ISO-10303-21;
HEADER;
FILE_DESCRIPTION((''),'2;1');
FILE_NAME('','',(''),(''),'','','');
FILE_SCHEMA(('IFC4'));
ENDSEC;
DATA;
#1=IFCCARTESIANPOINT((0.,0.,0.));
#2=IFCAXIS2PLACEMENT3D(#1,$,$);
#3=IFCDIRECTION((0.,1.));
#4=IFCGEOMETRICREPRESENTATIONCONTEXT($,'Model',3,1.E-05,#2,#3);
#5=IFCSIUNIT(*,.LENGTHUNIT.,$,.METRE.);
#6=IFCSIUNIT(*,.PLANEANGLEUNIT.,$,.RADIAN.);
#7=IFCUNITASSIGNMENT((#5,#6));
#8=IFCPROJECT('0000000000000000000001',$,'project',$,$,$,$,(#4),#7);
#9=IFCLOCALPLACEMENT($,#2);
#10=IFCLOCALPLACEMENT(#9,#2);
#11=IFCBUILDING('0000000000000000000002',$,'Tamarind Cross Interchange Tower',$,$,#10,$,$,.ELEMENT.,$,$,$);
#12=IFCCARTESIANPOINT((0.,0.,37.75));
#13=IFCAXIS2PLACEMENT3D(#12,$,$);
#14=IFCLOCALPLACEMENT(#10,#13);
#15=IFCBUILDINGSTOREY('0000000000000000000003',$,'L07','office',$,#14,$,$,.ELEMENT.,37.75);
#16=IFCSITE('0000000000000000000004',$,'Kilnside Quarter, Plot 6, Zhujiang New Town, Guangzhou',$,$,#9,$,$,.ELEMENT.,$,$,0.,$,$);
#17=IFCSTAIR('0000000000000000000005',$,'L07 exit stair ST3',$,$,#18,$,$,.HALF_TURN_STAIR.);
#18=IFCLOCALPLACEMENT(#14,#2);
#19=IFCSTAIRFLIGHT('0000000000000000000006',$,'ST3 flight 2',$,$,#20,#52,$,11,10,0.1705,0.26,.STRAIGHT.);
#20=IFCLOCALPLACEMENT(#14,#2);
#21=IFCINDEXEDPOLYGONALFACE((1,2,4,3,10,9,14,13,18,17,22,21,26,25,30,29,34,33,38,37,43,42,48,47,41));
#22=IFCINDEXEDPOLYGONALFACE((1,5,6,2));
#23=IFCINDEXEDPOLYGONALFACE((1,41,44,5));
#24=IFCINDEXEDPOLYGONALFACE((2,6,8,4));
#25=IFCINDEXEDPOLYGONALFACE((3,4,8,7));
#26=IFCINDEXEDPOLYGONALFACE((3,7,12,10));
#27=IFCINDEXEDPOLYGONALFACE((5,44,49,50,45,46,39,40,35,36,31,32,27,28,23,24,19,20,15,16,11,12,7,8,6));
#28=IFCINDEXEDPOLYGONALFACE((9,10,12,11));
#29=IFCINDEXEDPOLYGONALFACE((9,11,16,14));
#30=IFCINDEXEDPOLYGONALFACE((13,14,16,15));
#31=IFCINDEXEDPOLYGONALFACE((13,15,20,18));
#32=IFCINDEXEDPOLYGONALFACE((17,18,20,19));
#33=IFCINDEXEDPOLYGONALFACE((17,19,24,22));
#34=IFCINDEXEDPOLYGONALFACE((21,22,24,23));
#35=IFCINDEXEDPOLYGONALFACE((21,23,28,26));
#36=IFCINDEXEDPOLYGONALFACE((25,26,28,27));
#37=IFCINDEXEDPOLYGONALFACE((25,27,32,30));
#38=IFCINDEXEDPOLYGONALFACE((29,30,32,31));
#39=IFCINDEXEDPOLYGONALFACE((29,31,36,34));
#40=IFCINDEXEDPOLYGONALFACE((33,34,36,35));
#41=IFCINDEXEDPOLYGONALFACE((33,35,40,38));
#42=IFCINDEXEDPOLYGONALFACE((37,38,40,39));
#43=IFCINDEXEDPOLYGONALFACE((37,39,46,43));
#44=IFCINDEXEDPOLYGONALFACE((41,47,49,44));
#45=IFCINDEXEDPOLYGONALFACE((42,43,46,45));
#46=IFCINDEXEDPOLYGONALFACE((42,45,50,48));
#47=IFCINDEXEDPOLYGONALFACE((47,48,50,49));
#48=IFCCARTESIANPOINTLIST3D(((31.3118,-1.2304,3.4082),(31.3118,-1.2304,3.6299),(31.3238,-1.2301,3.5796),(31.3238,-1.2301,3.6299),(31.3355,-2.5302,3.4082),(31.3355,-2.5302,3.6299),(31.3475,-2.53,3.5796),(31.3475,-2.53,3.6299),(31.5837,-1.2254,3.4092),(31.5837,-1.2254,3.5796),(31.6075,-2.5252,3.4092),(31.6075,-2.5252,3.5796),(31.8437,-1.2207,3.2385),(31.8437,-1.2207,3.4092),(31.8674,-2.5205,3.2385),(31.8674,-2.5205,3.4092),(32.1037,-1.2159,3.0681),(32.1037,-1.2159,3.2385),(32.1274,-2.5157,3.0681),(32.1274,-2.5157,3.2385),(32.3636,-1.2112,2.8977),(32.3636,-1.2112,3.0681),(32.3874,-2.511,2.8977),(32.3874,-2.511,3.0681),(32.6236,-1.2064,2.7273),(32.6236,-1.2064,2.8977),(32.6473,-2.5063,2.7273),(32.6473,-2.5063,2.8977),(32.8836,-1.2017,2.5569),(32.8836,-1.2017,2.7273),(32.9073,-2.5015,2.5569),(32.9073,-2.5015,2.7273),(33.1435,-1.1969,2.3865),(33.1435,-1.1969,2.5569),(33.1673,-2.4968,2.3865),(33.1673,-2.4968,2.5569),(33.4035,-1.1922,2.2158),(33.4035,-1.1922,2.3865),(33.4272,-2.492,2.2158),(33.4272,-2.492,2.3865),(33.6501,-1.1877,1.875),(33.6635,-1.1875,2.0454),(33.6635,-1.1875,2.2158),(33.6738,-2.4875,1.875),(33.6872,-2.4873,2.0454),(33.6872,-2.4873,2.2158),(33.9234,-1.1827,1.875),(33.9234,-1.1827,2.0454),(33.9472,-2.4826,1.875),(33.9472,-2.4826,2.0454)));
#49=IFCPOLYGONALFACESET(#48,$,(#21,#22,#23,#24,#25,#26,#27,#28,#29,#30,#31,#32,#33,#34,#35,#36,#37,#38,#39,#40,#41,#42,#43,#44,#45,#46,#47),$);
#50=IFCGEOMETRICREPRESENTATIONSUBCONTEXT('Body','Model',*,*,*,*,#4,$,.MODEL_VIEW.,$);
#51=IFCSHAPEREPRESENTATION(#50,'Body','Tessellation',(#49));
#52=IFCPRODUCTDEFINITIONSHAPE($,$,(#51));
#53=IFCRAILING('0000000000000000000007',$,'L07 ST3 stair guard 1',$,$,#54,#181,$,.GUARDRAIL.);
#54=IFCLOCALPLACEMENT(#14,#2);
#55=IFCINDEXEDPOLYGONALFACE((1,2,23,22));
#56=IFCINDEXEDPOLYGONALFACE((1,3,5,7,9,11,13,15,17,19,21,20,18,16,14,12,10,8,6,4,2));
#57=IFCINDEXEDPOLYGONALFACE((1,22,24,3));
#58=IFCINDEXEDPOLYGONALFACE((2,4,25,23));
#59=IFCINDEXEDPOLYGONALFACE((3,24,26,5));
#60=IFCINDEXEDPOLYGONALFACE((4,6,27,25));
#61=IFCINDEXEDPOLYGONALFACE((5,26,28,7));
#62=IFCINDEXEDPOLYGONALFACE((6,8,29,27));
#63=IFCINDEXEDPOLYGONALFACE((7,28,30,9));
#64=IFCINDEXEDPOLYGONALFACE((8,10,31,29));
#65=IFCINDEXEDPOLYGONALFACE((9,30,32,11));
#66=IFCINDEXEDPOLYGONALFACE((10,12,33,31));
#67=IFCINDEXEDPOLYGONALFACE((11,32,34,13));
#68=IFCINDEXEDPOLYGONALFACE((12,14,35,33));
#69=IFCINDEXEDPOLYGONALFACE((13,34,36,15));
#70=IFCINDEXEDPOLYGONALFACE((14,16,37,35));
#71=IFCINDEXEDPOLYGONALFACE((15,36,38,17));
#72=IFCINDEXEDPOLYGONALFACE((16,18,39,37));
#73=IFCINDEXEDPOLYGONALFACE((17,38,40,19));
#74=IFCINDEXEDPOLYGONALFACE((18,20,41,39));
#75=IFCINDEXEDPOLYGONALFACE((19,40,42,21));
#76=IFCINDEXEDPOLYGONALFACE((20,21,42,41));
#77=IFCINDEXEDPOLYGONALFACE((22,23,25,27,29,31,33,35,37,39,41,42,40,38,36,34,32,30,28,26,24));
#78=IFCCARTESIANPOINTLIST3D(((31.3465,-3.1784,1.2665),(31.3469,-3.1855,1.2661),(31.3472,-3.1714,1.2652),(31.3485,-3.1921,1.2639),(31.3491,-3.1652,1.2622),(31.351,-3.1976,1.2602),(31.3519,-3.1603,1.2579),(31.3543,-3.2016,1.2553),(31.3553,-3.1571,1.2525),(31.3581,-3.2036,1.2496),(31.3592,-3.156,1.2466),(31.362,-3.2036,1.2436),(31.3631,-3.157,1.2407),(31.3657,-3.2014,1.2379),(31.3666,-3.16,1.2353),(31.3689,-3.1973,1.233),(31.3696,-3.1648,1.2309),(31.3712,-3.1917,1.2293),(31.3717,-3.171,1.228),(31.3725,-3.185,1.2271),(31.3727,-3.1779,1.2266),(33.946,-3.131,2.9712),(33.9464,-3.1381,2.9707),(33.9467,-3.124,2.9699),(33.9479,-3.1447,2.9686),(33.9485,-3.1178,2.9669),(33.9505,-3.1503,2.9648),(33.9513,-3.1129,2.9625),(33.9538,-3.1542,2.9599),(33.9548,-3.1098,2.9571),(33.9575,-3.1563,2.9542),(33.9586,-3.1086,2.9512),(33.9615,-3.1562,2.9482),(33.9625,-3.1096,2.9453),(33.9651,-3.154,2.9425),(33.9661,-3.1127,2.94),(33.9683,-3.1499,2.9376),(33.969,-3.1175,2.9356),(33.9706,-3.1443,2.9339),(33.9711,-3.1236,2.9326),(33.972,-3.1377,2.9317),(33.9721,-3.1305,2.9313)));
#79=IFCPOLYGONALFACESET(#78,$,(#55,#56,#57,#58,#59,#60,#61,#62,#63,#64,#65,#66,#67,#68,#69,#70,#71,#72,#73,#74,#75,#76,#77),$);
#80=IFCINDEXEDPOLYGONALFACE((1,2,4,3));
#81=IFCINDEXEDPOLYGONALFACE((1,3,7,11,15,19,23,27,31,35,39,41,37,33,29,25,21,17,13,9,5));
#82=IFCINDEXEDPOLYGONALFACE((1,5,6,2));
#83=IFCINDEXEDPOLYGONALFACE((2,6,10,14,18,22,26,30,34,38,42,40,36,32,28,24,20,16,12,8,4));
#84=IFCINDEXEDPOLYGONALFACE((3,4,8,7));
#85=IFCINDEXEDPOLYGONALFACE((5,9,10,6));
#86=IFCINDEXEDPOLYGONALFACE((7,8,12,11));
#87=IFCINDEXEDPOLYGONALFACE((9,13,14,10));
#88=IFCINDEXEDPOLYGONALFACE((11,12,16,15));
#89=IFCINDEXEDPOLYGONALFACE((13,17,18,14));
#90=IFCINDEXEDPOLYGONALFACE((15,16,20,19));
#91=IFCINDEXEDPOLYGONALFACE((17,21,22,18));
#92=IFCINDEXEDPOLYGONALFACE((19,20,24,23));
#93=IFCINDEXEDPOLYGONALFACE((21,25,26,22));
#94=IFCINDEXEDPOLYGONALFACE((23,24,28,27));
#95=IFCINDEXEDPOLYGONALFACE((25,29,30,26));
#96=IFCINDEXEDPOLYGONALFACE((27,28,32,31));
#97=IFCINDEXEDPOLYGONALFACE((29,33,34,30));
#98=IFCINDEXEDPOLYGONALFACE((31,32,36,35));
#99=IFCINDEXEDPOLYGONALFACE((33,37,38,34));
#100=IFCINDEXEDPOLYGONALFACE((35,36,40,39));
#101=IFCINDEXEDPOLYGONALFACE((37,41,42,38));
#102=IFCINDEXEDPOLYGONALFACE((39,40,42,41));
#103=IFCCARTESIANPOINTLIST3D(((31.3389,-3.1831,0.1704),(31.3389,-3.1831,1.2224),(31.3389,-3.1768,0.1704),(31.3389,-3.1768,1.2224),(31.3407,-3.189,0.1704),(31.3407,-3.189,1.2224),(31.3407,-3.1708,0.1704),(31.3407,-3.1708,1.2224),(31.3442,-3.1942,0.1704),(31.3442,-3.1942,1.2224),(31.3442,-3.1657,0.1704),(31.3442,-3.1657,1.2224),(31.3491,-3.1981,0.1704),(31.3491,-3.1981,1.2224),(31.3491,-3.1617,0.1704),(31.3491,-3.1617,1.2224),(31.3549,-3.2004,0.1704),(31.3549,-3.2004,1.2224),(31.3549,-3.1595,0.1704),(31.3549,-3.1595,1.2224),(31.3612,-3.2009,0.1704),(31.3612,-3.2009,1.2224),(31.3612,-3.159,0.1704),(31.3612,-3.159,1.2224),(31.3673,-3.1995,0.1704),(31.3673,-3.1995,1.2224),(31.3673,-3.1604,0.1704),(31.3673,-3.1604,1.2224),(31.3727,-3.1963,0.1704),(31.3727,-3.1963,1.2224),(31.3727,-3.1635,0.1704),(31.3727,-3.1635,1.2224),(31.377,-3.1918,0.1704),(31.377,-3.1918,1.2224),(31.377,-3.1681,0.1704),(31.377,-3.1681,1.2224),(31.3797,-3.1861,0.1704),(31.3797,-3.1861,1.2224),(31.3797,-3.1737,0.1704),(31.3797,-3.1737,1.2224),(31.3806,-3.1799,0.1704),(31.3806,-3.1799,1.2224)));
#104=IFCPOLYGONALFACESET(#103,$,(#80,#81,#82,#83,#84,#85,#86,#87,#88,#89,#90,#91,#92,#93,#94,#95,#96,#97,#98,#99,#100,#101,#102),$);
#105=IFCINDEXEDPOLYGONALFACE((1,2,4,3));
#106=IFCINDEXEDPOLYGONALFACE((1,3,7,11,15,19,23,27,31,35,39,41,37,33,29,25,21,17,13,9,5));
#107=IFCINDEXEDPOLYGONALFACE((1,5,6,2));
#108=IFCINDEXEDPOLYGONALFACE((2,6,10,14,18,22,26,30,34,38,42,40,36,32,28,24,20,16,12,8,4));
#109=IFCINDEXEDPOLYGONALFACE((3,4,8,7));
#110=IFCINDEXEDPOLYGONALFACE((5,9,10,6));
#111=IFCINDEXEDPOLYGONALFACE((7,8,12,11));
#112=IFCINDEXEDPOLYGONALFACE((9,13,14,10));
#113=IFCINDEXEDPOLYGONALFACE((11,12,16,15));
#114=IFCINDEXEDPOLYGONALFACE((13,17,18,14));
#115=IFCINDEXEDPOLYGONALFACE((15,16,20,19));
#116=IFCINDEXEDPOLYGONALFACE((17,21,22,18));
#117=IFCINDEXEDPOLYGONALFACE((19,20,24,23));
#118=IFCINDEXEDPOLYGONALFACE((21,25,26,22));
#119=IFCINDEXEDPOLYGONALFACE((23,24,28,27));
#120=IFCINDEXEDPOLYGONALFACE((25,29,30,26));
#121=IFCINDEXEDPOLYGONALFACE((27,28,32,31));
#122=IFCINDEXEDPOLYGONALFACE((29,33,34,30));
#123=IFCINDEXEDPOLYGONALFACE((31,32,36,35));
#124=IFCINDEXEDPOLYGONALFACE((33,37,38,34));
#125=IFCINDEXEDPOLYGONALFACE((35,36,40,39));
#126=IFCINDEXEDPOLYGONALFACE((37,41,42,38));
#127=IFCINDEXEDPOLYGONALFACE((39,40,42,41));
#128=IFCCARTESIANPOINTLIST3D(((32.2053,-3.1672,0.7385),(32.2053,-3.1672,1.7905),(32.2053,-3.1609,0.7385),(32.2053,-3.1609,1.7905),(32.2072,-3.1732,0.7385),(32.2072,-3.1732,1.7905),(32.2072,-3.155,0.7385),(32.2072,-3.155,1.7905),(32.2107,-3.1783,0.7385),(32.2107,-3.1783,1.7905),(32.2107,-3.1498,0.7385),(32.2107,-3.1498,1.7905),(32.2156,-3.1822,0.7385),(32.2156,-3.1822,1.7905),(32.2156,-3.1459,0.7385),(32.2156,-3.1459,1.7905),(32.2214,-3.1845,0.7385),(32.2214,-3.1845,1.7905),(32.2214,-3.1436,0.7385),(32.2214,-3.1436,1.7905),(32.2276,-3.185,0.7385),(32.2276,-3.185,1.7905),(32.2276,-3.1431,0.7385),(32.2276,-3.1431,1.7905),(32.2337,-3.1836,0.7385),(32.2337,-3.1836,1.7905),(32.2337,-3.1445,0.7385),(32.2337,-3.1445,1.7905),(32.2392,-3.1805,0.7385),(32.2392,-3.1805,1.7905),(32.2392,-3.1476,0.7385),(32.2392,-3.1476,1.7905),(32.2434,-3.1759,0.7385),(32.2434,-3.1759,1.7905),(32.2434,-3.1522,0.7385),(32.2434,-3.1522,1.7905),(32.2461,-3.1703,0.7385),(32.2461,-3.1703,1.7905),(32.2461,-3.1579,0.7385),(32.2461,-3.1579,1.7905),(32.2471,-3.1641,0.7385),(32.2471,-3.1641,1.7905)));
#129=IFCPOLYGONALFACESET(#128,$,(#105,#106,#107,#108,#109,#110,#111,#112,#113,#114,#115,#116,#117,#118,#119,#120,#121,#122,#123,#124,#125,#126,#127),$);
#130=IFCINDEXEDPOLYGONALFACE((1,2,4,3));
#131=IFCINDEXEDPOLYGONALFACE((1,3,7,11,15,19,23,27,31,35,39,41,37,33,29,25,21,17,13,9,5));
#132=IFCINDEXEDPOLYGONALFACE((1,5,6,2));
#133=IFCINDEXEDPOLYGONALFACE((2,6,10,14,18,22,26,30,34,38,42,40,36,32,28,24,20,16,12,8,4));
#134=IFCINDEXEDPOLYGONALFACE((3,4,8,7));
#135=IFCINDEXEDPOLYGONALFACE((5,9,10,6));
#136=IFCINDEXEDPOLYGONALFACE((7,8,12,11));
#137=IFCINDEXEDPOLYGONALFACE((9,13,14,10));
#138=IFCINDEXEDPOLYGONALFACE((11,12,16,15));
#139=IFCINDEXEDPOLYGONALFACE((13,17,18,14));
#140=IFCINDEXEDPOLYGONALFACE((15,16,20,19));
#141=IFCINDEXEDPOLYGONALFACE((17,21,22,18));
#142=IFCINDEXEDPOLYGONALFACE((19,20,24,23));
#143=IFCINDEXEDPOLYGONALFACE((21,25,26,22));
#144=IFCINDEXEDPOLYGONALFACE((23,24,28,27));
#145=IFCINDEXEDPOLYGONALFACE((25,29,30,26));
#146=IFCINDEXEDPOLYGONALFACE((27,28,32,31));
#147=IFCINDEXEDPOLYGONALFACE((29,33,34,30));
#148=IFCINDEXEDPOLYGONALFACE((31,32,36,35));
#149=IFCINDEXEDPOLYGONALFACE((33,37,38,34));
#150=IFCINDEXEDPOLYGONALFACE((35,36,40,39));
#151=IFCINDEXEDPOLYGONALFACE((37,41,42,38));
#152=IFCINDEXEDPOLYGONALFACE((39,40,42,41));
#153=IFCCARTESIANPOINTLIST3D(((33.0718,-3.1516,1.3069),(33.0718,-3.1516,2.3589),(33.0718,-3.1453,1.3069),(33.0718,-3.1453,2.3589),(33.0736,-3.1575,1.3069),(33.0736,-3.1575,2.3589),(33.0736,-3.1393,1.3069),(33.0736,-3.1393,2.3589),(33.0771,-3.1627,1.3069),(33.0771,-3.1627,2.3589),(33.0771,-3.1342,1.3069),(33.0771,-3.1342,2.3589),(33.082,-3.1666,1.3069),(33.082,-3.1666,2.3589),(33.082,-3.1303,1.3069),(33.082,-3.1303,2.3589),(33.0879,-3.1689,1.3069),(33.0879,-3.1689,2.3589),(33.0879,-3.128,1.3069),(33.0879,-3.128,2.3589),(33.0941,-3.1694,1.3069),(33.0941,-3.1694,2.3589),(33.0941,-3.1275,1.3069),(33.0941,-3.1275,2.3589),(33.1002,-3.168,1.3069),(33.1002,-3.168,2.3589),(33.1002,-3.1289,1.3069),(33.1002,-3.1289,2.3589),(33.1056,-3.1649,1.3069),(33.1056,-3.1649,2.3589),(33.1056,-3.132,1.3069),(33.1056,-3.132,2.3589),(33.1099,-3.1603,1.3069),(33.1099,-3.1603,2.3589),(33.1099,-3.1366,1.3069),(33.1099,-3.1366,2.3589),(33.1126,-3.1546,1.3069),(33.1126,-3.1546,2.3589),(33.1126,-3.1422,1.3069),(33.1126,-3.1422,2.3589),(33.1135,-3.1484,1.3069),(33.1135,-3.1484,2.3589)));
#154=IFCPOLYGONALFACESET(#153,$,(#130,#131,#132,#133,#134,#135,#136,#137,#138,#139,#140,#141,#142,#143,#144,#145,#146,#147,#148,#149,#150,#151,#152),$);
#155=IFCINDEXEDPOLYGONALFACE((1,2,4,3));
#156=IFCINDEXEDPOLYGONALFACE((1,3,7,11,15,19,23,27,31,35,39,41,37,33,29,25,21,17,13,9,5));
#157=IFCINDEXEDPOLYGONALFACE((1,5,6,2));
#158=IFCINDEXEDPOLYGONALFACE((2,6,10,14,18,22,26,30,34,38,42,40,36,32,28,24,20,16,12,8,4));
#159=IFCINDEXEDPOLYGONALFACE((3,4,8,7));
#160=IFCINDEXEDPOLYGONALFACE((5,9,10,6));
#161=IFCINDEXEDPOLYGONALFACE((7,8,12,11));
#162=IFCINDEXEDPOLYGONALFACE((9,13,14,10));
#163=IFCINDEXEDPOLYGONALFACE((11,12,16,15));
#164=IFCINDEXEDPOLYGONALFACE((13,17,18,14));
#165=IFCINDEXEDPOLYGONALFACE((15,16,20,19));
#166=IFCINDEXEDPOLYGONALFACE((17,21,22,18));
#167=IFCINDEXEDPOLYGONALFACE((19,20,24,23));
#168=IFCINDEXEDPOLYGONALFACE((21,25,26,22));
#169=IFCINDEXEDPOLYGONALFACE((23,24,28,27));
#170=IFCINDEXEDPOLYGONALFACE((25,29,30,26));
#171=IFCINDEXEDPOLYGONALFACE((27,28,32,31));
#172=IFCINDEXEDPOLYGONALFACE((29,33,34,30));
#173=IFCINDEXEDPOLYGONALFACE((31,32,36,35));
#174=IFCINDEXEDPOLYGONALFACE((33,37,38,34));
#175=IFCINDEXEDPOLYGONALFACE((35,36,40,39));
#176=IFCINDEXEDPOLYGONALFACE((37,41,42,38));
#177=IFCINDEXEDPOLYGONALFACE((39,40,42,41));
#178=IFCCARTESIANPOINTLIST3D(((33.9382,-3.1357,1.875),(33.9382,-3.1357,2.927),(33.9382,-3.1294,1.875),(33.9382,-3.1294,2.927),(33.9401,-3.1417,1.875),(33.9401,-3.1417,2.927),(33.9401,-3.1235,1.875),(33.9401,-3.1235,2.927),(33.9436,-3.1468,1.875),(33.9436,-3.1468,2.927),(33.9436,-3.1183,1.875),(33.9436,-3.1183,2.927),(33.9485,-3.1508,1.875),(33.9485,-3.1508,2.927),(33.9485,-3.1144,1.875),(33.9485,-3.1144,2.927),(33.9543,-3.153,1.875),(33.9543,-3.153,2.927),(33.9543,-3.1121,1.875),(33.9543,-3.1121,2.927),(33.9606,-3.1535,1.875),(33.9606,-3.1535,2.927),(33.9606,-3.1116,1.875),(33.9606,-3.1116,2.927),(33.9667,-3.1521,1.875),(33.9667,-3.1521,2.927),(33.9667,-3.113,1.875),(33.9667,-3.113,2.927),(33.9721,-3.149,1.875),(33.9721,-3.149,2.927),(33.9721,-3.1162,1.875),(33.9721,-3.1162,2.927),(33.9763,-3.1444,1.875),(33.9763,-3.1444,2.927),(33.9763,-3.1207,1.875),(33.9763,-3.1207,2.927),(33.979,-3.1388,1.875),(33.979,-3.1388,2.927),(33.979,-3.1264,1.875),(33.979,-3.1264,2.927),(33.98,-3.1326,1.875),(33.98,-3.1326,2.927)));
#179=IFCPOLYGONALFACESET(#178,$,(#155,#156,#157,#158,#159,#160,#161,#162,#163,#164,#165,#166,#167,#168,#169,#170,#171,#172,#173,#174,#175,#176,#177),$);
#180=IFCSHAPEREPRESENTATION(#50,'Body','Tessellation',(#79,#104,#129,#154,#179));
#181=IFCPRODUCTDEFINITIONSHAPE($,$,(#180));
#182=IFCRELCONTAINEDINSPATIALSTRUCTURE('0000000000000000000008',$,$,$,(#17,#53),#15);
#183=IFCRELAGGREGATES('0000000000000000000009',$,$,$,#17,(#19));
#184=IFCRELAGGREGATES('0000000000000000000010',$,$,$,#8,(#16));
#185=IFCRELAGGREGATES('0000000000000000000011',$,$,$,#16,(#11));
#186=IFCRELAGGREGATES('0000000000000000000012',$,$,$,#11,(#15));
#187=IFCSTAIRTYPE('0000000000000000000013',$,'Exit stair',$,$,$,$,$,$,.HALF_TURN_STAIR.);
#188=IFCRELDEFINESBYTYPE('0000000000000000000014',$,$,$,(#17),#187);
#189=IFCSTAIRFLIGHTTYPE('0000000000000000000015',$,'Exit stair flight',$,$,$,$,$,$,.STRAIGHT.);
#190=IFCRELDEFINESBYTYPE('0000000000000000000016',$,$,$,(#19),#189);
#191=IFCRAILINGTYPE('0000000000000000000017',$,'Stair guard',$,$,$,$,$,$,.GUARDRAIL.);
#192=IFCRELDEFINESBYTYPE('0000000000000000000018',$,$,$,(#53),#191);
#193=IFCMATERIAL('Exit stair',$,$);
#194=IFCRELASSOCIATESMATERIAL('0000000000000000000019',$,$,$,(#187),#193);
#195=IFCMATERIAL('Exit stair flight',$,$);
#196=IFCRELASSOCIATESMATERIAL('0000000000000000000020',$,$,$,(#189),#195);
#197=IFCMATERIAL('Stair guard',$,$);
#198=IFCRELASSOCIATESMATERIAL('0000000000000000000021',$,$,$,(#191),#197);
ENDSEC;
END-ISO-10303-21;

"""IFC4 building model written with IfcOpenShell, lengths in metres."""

from ifc_helpers import new_model, si_unit, direction, frame, origin, origin_2d, place, context, subcontext, project, spatial, polyline, circle, outline, extrude, material, type_object, element, aggregate, save


model = new_model("IFC4")

# Units and contexts
model_context = context("Model", 3, precision=1e-05, world=origin(), true_north=direction((0.0, 1.0)))
body_context = subcontext(model_context, "Body", "Model", "MODEL_VIEW")
ifc_project = project(units=[si_unit("LENGTHUNIT", "METRE"), si_unit("PLANEANGLEUNIT", "RADIAN")], contexts=[model_context])

# Site, building, storey
site_placement = place(None, origin())
site = spatial("IfcSite", under=ifc_project, at=site_placement, Name="Kilnside Quarter, Plot 6, Zhujiang New Town, Guangzhou", CompositionType="ELEMENT", RefElevation=0.0)
building_placement = place(site_placement, origin())
building = spatial("IfcBuilding", under=site, at=building_placement, Name="Tamarind Cross Interchange Tower", CompositionType="ELEMENT")
storey_placement = place(building_placement, frame((0.0, 0.0, 37.75)))
storey = spatial("IfcBuildingStorey", under=building, at=storey_placement, Name="L07", Description="office", CompositionType="ELEMENT", Elevation=37.75)

# Stair, stair flight
ifc_material_1 = material(Name="Exit stair")
stair_type = type_object("IfcStairType", Name="Exit stair", PredefinedType="HALF_TURN_STAIR", material=ifc_material_1)
stair_placement = place(storey_placement, origin())
stair = element("IfcStair", 1, at=stair_placement, inside=storey, type_object=stair_type, Name="L07 exit stair ST3", PredefinedType="HALF_TURN_STAIR")
ifc_material_2 = material(Name="Exit stair flight")
stair_flight_type = type_object("IfcStairFlightType", Name="Exit stair flight", PredefinedType="STRAIGHT", material=ifc_material_2)
stair_flight_1_placement = place(storey_placement, frame((33.9353, -1.8328, 1.875), z_axis=(0.0, 0.0, 1.0), x_axis=(-0.999834, -0.018234, 0.0)))
stair_flight_1 = element("IfcStairFlight", 2, at=stair_flight_1_placement, type_object=stair_flight_type, Name="ST3 flight 2", NumberOfRisers=11, NumberOfTreads=10, PredefinedType="STRAIGHT", RiserHeight=0.1705, TreadLength=0.26, context=body_context, shape_type="SweptSolid", body=[
    extrude(outline(polyline([(0.0, 0.0), (0.0, 0.1704), (0.26, 0.1704), (0.26, 0.3408), (0.52, 0.3408), (0.52, 0.5115), (0.78, 0.5115), (0.78, 0.6819), (1.04, 0.6819), (1.04, 0.8523), (1.3, 0.8523), (1.3, 1.0227), (1.5601, 1.0227), (1.5601, 1.1931), (1.8201, 1.1931), (1.8201, 1.3635), (2.0801, 1.3635), (2.0801, 1.5342), (2.3401, 1.5342), (2.3401, 1.7046), (2.6001, 1.7046), (2.6001, 1.7549), (2.6121, 1.7549), (2.6121, 1.5332), (0.2734, 0.0), (0.0, 0.0)])), frame((0.0, 0.6499, 0.0), z_axis=(0.0, -1.0, 0.0), x_axis=(1.0, 0.0, 0.0)), (0.0, 0.0, 1.0), 1.3),
])
aggregate(stair, [stair_flight_1])

# Railing
ifc_material_3 = material(Name="Stair guard")
railing_type_1 = type_object("IfcRailingType", Name="Stair guard", PredefinedType="GUARDRAIL", material=ifc_material_3)
railing_1_placement = place(storey_placement, frame((31.3596, -3.1799, 0.1704)))
element("IfcRailing", 3, at=railing_1_placement, inside=storey, type_object=railing_type_1, Name="L07 ST3 stair guard 1", PredefinedType="GUARDRAIL", context=body_context, shape_type="SweptSolid", body=[
    extrude(circle(Radius=0.0239, at=origin_2d()), frame((0.0, 0.0, 1.0762), z_axis=(0.836134, 0.015235, 0.548313), x_axis=(-0.018218, 0.999834, 0.0)), (0.0, 0.0, 1.0), 3.1089),
    extrude(circle(Radius=0.021, at=origin_2d()), origin(), (0.0, 0.0, 1.0), 1.052),
    extrude(circle(Radius=0.021, at=origin_2d()), frame((0.8665, 0.0159, 0.5681)), (0.0, 0.0, 1.0), 1.052),
    extrude(circle(Radius=0.021, at=origin_2d()), frame((1.7329, 0.0315, 1.1365)), (0.0, 0.0, 1.0), 1.052),
    extrude(circle(Radius=0.021, at=origin_2d()), frame((2.5994, 0.0474, 1.7046)), (0.0, 0.0, 1.0), 1.052),
])

save(model, "model.ifc")
